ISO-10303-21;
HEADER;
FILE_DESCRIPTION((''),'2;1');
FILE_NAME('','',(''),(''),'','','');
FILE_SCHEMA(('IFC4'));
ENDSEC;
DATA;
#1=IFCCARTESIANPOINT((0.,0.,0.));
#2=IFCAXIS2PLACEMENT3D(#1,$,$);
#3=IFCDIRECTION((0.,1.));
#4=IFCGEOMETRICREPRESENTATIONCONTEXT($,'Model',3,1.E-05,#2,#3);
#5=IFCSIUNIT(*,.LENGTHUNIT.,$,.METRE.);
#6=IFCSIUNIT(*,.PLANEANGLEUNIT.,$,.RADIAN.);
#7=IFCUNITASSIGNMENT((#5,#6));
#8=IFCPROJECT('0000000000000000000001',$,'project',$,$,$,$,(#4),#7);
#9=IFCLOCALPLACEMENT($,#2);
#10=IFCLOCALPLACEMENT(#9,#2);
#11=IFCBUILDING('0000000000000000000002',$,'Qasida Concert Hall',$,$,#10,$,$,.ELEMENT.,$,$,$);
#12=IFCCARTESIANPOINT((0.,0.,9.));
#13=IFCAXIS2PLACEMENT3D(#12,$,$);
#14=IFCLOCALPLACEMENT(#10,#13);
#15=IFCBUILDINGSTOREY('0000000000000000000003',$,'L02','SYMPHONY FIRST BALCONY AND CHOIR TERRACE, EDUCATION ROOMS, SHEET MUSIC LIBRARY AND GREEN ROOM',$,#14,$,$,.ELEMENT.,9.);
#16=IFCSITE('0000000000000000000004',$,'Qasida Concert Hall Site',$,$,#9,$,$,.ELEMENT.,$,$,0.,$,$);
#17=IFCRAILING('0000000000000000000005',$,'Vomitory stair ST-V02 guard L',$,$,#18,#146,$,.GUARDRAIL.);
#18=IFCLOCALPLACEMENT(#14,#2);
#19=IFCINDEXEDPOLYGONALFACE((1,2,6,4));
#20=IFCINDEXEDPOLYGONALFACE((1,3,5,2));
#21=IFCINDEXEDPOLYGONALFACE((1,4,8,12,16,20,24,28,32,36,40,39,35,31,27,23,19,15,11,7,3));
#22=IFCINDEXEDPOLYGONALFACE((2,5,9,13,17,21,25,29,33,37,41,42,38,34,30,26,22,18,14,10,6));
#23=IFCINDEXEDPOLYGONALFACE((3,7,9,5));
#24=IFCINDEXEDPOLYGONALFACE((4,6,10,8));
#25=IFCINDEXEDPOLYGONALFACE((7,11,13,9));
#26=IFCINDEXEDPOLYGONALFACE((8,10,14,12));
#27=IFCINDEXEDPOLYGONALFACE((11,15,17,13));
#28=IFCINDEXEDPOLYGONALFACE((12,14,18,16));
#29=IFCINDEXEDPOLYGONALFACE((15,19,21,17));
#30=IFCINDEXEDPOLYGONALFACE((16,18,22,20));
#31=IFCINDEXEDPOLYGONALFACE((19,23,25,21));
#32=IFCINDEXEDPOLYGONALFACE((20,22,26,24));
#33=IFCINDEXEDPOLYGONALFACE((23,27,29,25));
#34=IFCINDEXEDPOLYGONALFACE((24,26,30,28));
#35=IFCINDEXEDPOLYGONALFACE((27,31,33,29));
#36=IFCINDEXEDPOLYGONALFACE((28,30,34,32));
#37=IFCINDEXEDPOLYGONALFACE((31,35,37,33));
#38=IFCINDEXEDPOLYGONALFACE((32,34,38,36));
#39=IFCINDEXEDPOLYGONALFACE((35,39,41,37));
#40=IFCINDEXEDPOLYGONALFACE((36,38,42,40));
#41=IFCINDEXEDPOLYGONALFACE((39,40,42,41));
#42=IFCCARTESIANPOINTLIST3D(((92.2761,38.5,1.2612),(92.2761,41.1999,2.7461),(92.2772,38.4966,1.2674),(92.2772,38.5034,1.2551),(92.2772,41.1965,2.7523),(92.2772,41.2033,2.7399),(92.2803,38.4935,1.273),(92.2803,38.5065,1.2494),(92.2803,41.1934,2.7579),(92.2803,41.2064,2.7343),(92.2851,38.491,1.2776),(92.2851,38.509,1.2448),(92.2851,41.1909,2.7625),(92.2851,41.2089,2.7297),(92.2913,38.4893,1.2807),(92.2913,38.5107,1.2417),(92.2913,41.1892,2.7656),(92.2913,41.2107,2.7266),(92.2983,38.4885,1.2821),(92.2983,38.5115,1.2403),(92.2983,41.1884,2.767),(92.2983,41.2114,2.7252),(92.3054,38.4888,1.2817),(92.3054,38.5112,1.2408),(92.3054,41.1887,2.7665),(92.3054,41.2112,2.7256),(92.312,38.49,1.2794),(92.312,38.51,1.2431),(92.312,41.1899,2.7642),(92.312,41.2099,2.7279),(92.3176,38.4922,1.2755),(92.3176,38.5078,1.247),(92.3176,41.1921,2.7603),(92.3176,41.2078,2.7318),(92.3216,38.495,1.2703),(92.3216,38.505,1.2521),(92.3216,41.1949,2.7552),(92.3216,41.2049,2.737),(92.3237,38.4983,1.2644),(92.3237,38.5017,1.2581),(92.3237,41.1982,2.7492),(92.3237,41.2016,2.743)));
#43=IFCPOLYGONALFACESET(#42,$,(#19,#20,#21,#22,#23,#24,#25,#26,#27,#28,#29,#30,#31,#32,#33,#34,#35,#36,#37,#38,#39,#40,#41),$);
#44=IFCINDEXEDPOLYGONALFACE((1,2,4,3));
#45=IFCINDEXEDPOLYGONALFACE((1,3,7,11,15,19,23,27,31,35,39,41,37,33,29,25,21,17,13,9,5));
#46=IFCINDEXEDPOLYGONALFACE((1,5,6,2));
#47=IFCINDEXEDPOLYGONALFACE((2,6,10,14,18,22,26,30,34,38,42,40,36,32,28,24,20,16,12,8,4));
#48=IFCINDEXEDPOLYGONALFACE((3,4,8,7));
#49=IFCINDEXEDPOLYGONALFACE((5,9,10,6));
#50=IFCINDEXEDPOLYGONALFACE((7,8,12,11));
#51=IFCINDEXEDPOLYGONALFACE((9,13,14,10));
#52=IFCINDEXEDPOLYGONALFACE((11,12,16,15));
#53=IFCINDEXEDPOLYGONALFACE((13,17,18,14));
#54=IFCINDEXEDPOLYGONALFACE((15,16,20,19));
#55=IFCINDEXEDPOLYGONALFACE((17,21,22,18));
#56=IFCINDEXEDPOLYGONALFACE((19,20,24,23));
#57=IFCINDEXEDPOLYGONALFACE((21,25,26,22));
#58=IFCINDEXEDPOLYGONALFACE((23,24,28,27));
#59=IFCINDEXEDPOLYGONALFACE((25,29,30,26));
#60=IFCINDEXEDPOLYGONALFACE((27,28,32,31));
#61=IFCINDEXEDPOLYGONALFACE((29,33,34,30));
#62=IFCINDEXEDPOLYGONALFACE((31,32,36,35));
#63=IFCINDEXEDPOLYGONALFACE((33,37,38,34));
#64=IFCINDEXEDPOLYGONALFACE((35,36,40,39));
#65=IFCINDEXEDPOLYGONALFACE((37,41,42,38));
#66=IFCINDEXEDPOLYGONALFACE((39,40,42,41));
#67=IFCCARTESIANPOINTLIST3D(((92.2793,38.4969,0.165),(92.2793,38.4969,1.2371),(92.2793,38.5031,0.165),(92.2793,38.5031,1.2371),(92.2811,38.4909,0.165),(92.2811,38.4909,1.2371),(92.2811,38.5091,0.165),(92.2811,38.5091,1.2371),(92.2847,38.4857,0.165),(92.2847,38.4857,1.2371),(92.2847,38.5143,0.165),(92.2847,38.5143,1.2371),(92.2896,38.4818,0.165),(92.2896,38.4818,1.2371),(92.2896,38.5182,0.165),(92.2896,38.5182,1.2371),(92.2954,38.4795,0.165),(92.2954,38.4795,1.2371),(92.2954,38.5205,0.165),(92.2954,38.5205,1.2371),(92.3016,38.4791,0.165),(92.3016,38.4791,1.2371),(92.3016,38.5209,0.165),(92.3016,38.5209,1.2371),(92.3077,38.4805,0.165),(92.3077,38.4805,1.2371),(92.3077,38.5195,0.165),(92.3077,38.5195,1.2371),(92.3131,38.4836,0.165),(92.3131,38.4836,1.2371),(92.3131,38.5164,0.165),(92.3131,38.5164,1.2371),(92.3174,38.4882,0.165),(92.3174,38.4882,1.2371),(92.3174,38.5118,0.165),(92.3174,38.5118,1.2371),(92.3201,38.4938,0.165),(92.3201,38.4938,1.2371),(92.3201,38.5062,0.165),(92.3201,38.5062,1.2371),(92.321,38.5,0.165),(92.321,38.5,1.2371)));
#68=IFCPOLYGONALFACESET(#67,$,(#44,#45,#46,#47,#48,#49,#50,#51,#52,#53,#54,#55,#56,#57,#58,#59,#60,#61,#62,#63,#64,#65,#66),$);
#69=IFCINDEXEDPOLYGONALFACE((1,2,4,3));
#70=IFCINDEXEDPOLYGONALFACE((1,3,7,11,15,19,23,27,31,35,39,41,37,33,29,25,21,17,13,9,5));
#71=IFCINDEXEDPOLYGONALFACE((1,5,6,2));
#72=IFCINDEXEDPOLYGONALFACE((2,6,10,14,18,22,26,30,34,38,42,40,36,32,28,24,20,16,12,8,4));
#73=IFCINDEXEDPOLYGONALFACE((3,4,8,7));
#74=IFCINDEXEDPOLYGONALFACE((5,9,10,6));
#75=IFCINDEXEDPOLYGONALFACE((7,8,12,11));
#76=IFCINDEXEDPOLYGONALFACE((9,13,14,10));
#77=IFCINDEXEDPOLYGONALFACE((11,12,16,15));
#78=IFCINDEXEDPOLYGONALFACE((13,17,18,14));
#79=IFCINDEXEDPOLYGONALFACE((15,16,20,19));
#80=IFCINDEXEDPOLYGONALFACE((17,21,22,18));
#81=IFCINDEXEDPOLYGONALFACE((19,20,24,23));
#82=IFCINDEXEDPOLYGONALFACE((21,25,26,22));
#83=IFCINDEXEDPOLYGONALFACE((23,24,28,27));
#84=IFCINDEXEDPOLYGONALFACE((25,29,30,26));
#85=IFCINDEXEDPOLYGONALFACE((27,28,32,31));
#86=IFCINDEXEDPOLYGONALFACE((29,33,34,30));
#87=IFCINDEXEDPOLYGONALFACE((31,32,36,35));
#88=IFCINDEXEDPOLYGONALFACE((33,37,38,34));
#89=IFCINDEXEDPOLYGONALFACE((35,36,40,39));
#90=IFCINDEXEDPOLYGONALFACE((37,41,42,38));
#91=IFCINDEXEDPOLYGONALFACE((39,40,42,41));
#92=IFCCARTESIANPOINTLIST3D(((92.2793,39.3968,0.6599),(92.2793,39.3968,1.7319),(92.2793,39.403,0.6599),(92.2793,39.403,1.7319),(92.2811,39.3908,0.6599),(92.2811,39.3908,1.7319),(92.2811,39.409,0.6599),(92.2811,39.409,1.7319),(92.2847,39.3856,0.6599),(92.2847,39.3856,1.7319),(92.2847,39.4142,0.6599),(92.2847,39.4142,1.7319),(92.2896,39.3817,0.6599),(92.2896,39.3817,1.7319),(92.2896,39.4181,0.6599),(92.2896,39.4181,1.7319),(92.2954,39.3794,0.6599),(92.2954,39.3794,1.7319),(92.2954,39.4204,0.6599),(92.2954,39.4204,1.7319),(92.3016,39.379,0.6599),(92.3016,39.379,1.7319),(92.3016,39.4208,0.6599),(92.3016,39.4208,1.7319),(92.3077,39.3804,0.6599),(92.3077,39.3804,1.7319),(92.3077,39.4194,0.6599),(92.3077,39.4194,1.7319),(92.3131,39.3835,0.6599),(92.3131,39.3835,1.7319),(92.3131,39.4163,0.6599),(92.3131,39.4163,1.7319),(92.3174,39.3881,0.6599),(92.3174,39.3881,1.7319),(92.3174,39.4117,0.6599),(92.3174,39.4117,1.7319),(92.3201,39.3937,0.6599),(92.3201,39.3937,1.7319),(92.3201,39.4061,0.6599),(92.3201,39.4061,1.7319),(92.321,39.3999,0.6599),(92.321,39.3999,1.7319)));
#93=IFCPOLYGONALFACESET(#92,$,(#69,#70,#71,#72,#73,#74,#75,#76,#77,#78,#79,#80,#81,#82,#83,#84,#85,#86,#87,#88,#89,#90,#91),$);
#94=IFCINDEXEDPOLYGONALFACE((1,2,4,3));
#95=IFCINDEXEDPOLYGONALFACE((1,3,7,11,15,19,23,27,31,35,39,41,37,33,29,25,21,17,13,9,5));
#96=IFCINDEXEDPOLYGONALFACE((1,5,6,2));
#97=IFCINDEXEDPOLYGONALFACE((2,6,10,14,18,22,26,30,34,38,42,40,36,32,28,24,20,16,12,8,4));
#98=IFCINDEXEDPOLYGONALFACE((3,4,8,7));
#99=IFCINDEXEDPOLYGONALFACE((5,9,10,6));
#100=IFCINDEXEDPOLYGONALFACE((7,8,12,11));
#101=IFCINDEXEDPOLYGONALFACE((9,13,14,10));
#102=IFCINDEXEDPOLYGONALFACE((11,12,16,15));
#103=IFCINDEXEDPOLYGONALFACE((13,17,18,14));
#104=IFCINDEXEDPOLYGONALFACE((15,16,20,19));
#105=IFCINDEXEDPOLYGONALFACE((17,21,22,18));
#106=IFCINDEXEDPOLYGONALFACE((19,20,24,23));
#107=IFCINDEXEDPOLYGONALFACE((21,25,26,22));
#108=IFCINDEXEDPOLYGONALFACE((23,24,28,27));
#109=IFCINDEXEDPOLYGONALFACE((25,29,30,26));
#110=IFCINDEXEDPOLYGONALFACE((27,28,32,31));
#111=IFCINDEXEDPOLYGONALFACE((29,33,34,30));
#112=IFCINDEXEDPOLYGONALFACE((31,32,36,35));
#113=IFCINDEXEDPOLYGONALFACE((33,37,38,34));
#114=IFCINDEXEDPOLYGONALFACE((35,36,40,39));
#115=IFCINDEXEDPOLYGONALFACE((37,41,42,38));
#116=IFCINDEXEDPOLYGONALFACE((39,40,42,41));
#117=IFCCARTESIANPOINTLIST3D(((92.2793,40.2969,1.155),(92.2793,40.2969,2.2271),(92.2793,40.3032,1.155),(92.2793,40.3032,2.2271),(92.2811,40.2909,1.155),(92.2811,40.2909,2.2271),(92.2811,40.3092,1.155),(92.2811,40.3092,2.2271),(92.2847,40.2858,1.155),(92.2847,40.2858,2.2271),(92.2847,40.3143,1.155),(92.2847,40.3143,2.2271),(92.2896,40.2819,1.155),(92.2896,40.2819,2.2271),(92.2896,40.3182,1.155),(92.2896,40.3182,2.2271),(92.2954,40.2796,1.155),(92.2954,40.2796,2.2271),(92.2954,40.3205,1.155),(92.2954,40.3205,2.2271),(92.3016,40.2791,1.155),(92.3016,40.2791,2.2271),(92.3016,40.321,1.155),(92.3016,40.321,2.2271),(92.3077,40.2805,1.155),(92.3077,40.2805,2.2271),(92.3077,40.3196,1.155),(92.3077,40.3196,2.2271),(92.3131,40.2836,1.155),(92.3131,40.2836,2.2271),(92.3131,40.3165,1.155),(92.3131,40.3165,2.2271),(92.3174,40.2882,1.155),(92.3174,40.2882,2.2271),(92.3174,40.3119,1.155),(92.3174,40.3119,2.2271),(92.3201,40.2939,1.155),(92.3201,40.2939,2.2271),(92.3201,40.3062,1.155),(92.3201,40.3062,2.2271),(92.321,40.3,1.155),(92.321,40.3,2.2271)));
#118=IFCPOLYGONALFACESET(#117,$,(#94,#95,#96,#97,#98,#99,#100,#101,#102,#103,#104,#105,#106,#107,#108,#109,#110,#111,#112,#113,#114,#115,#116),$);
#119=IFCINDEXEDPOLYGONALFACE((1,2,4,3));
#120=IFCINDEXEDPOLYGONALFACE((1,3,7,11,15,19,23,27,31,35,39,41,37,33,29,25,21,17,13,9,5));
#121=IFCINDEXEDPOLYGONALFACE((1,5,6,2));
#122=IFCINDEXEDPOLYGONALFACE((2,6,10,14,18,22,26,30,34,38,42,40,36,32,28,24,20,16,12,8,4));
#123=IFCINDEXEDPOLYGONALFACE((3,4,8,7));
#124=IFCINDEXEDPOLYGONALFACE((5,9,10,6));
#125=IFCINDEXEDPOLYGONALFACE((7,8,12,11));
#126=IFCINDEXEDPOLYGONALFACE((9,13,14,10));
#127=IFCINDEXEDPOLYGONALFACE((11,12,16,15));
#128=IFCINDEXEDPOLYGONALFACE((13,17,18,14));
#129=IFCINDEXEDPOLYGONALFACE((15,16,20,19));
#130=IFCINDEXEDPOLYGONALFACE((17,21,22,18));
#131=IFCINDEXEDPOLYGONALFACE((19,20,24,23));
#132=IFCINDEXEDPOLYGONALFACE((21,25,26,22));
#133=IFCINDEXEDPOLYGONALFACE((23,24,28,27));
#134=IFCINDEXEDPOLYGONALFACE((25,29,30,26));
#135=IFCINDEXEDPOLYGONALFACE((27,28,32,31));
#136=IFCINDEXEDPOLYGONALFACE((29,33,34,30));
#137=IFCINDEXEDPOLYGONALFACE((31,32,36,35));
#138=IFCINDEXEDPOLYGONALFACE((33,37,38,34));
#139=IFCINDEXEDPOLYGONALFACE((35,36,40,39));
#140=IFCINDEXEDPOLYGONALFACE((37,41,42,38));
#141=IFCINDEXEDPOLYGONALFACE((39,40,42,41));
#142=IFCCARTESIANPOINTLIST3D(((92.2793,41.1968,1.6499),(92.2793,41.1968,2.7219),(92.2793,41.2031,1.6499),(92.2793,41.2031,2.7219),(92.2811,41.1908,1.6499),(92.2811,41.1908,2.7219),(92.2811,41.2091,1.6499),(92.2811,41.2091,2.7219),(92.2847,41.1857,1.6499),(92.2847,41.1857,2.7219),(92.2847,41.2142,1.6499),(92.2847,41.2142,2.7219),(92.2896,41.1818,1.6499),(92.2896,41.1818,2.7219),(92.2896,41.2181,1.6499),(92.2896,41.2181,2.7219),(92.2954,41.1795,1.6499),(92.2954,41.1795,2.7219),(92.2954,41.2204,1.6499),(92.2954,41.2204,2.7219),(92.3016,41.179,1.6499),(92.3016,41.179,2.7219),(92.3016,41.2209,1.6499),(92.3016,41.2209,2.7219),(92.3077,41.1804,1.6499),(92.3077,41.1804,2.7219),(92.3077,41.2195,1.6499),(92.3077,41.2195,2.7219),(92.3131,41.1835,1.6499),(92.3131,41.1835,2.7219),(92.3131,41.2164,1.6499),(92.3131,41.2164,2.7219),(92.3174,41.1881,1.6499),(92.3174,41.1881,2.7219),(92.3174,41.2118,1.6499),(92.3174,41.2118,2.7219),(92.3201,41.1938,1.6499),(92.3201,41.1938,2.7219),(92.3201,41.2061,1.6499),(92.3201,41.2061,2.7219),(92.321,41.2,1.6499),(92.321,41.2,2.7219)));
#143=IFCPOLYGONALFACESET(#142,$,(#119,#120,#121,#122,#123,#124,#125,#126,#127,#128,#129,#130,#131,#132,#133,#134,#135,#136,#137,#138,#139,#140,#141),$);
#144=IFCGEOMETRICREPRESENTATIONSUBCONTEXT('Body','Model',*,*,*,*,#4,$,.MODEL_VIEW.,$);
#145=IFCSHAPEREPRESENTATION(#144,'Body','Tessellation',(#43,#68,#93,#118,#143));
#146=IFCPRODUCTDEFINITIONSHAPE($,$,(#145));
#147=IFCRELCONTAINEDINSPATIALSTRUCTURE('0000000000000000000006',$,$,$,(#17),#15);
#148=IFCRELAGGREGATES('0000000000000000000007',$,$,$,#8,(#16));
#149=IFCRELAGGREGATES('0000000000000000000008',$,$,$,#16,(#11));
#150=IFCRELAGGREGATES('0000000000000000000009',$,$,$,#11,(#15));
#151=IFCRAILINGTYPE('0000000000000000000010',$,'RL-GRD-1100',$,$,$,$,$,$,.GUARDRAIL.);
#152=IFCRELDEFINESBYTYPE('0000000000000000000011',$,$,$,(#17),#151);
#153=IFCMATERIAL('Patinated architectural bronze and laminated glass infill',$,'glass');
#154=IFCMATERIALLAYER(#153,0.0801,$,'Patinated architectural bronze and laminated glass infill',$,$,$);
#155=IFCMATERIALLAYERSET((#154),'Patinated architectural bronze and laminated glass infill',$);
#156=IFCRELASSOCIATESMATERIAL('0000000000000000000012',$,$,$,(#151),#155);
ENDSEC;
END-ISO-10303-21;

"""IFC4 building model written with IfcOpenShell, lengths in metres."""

from ifc_helpers import new_model, si_unit, direction, frame, origin, origin_2d, place, context, subcontext, project, spatial, circle, extrude, material, layer, layer_set, type_object, element, save


model = new_model("IFC4")

# Units and contexts
model_context = context("Model", 3, precision=1e-05, world=origin(), true_north=direction((0.0, 1.0)))
body_context = subcontext(model_context, "Body", "Model", "MODEL_VIEW")
ifc_project = project(units=[si_unit("LENGTHUNIT", "METRE"), si_unit("PLANEANGLEUNIT", "RADIAN")], contexts=[model_context])

# Site, building, storey
site_placement = place(None, origin())
site = spatial("IfcSite", under=ifc_project, at=site_placement, Name="Qasida Concert Hall Site", CompositionType="ELEMENT", RefElevation=0.0)
building_placement = place(site_placement, origin())
building = spatial("IfcBuilding", under=site, at=building_placement, Name="Qasida Concert Hall", CompositionType="ELEMENT")
storey_placement = place(building_placement, frame((0.0, 0.0, 9.0)))
storey = spatial("IfcBuildingStorey", under=building, at=storey_placement, Name="L02", Description="SYMPHONY FIRST BALCONY AND CHOIR TERRACE, EDUCATION ROOMS, SHEET MUSIC LIBRARY AND GREEN ROOM", CompositionType="ELEMENT", Elevation=9.0)

# Railing
ifc_material_1 = material(Name="Patinated architectural bronze and laminated glass infill", Category="glass")
ifc_layer_1 = layer(ifc_material_1, 0.0801, Name="Patinated architectural bronze and laminated glass infill")
ifc_layer_set_1 = layer_set([ifc_layer_1], Name="Patinated architectural bronze and laminated glass infill")
railing_type_1 = type_object("IfcRailingType", Name="RL-GRD-1100", PredefinedType="GUARDRAIL", material=ifc_layer_set_1)
for number, where, name in (
    (1, (92.3, 38.5, 0.165), "Vomitory stair ST-V02 guard L"),
):
    element("IfcRailing", number, at=place(storey_placement, frame(where)), inside=storey, type_object=railing_type_1, Name=name, PredefinedType="GUARDRAIL", context=body_context, shape_type="SweptSolid", body=[
        extrude(circle(Radius=0.0239, at=origin_2d()), frame((0.0, 0.0, 1.0962), z_axis=(0.0, 0.876231, 0.481891), x_axis=(-1.0, 0.0, 0.0)), (0.0, 0.0, 1.0), 3.0813),
        extrude(circle(Radius=0.021, at=origin_2d()), origin(), (0.0, 0.0, 1.0), 1.072),
        extrude(circle(Radius=0.021, at=origin_2d()), frame((0.0, 0.8999, 0.4949)), (0.0, 0.0, 1.0), 1.072),
        extrude(circle(Radius=0.021, at=origin_2d()), frame((0.0, 1.8, 0.99)), (0.0, 0.0, 1.0), 1.072),
        extrude(circle(Radius=0.021, at=origin_2d()), frame((0.0, 2.7, 1.4849)), (0.0, 0.0, 1.0), 1.072),
    ])

save(model, "model.ifc")
